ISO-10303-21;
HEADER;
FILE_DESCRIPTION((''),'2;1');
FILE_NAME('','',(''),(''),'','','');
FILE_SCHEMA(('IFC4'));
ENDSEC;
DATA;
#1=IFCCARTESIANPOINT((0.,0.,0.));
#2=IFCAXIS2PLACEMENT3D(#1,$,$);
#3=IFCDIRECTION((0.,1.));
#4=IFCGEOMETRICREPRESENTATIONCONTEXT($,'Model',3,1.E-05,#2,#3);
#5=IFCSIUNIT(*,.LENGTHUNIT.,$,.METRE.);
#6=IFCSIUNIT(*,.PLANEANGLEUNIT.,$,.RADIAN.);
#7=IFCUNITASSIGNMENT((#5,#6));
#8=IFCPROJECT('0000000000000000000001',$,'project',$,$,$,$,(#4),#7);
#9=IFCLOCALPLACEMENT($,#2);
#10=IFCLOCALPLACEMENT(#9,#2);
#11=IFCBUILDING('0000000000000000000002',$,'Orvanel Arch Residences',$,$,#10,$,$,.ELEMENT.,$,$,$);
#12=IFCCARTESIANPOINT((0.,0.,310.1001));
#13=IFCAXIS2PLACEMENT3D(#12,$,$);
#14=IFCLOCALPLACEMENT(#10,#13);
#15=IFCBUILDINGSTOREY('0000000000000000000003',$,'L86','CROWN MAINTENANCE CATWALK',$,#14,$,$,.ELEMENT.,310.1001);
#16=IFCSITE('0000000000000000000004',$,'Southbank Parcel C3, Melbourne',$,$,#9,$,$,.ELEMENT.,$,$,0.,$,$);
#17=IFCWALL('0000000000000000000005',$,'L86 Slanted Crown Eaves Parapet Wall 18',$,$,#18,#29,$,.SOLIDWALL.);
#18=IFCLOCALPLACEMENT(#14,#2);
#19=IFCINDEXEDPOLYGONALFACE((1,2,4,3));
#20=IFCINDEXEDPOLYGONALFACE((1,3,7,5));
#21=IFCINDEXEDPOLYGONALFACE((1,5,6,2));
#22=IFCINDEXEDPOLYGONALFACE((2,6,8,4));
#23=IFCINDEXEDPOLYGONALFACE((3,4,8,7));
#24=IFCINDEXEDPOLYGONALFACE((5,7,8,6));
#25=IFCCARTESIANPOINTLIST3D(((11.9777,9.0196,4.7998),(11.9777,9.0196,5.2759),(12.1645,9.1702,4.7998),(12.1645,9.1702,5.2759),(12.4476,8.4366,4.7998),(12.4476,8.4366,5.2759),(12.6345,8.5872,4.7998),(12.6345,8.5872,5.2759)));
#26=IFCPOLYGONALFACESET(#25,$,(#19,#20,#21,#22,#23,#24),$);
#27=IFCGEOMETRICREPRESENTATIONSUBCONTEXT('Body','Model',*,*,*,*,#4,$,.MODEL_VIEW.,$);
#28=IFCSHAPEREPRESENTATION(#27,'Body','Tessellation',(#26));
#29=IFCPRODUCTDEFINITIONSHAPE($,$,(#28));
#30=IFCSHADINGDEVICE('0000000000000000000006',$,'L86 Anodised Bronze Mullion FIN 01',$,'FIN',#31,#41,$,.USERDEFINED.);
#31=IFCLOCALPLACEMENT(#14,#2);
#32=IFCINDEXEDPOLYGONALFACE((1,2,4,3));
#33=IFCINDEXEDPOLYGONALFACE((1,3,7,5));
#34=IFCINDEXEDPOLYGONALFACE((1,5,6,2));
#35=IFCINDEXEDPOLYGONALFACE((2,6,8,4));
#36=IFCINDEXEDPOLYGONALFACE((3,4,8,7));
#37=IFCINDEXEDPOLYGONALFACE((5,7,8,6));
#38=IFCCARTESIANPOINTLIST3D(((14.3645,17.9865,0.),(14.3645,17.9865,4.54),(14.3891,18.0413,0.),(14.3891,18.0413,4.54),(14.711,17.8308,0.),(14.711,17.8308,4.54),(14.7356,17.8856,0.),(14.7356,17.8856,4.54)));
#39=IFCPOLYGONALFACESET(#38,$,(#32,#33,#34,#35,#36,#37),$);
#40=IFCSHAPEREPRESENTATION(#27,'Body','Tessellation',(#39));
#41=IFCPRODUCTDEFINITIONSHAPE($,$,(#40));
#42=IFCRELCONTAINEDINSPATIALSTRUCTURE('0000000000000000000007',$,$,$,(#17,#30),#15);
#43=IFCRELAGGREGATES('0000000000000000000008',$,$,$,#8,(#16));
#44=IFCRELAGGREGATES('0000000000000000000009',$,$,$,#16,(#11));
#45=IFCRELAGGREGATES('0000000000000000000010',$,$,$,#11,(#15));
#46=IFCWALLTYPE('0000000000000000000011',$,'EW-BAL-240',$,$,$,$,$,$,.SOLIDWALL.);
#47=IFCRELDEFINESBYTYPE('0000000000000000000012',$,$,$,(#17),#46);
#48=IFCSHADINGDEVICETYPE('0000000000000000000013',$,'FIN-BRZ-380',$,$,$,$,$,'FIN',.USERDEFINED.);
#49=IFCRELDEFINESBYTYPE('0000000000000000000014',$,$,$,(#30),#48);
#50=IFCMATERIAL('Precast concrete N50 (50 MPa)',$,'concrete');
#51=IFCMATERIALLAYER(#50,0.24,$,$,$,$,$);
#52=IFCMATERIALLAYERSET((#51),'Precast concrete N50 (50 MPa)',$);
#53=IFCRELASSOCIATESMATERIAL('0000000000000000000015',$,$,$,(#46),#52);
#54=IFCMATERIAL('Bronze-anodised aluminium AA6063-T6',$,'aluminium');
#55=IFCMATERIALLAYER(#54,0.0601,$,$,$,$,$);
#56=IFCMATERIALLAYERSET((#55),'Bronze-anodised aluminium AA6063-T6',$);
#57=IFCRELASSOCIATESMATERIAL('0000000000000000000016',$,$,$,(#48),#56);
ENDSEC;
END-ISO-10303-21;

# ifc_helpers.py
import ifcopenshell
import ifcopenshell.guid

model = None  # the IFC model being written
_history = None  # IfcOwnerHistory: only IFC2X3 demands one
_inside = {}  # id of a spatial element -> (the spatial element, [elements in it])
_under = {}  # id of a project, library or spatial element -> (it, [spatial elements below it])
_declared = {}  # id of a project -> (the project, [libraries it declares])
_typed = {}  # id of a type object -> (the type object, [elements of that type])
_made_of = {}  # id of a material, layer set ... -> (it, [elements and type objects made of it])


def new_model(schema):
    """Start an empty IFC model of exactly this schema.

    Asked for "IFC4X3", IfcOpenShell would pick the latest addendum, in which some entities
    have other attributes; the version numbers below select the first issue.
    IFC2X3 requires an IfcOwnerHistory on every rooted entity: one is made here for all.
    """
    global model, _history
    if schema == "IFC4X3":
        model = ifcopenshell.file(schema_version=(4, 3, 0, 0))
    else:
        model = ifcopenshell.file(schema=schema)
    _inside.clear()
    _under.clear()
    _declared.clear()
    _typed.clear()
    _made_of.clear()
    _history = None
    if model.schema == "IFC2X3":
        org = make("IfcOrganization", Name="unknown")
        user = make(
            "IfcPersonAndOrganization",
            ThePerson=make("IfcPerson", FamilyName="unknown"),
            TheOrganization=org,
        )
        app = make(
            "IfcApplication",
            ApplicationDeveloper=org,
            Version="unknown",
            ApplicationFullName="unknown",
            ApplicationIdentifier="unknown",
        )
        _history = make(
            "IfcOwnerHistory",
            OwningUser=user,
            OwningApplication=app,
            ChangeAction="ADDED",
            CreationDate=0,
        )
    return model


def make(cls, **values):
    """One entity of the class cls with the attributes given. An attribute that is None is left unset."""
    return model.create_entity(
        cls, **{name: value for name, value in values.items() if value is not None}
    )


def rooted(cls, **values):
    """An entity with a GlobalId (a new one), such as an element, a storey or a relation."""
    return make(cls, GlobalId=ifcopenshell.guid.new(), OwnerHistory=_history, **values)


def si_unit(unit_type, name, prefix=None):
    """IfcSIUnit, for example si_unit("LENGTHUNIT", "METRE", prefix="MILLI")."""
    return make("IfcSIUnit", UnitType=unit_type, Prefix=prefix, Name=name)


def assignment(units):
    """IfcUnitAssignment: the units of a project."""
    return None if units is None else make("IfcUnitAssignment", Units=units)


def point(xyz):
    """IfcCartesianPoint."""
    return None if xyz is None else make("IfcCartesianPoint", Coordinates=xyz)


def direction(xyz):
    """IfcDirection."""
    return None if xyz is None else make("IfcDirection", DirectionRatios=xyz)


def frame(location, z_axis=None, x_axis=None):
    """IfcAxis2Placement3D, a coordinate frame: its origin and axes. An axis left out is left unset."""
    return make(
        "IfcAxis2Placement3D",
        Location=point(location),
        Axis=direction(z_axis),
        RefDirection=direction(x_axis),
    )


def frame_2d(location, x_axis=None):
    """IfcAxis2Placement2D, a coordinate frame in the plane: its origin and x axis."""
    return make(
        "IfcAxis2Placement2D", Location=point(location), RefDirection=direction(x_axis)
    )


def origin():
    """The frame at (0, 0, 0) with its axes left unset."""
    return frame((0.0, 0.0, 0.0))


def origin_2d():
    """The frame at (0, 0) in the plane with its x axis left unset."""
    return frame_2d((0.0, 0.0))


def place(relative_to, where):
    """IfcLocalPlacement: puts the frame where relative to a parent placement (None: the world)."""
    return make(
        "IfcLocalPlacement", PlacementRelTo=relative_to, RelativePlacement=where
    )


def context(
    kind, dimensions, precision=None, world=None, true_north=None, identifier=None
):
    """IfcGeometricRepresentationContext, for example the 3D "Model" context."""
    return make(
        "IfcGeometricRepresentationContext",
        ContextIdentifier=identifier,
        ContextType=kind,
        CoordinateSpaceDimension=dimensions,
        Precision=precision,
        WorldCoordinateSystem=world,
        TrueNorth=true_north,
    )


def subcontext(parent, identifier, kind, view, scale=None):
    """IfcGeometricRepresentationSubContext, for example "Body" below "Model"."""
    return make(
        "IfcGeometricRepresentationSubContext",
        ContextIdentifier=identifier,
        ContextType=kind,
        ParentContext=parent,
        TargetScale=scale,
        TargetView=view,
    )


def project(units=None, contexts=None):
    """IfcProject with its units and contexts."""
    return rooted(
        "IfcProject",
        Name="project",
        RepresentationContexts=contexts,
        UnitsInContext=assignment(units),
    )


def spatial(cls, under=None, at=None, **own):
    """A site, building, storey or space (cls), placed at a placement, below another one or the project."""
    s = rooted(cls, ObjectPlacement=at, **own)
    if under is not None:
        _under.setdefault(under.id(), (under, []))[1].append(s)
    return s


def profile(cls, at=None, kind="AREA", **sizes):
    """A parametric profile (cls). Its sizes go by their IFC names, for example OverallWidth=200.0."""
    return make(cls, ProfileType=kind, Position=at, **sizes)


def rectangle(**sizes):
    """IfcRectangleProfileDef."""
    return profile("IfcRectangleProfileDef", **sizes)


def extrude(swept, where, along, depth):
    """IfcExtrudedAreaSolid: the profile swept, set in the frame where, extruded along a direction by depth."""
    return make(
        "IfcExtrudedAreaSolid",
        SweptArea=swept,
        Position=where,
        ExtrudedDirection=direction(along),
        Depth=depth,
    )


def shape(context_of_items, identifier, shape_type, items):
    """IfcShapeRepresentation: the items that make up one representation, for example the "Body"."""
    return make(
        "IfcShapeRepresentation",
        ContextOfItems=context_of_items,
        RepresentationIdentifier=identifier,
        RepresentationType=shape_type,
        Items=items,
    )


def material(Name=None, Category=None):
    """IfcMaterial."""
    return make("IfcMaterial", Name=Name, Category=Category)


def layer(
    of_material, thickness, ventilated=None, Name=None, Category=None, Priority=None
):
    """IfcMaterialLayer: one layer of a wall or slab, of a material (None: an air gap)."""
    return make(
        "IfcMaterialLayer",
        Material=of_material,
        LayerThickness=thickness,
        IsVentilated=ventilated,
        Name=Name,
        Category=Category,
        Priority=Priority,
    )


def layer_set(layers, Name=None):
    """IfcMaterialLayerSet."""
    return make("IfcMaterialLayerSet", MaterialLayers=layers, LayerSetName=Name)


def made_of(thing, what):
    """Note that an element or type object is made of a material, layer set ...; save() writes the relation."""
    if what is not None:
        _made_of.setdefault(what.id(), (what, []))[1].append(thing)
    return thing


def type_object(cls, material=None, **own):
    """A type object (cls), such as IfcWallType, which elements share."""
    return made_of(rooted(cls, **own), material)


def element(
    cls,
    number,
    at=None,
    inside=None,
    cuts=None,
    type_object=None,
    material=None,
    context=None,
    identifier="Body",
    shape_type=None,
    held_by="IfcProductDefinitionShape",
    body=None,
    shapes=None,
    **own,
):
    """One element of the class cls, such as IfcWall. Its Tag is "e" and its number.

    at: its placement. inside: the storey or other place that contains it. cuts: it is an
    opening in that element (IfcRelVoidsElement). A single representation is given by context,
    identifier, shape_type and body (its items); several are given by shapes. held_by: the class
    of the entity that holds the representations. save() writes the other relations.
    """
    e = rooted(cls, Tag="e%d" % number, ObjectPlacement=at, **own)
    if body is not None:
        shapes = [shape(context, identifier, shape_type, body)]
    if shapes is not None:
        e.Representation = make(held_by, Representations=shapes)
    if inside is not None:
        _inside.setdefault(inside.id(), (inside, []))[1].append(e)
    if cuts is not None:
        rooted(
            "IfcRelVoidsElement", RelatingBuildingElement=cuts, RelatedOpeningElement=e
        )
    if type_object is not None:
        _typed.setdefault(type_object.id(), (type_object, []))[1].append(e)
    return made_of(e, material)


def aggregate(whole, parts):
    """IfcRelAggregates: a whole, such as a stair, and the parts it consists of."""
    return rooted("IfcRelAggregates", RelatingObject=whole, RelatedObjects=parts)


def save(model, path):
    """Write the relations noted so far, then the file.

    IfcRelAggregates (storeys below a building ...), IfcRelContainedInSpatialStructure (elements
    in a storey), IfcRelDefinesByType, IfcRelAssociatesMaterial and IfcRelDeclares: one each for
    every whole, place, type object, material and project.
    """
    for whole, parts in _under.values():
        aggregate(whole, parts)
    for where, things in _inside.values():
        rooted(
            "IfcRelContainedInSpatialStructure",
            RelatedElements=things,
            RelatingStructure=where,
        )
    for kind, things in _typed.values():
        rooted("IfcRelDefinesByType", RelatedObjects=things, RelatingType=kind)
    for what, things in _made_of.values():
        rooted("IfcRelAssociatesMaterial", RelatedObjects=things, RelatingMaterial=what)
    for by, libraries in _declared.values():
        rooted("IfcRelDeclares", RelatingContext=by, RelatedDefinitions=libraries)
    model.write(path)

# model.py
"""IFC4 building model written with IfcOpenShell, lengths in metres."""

from ifc_helpers import new_model, si_unit, direction, frame, frame_2d, origin, origin_2d, place, context, subcontext, project, spatial, rectangle, extrude, material, layer, layer_set, type_object, element, save


model = new_model("IFC4")

# Units and contexts
model_context = context("Model", 3, precision=1e-05, world=origin(), true_north=direction((0.0, 1.0)))
body_context = subcontext(model_context, "Body", "Model", "MODEL_VIEW")
ifc_project = project(units=[si_unit("LENGTHUNIT", "METRE"), si_unit("PLANEANGLEUNIT", "RADIAN")], contexts=[model_context])

# Site, building, storey
site_placement = place(None, origin())
site = spatial("IfcSite", under=ifc_project, at=site_placement, Name="Southbank Parcel C3, Melbourne", CompositionType="ELEMENT", RefElevation=0.0)
building_placement = place(site_placement, origin())
building = spatial("IfcBuilding", under=site, at=building_placement, Name="Orvanel Arch Residences", CompositionType="ELEMENT")
storey_placement = place(building_placement, frame((0.0, 0.0, 310.1001)))
storey = spatial("IfcBuildingStorey", under=building, at=storey_placement, Name="L86", Description="CROWN MAINTENANCE CATWALK", CompositionType="ELEMENT", Elevation=310.1001)

# Shared definitions
ifc_material_1 = material(Name="Bronze-anodised aluminium AA6063-T6", Category="aluminium")

# Wall
ifc_material_2 = material(Name="Precast concrete N50 (50 MPa)", Category="concrete")
ifc_layer_1 = layer(ifc_material_2, 0.24)
ifc_layer_set_1 = layer_set([ifc_layer_1], Name="Precast concrete N50 (50 MPa)")
wall_type = type_object("IfcWallType", Name="EW-BAL-240", PredefinedType="SOLIDWALL", material=ifc_layer_set_1)
wall_1_placement = place(storey_placement, frame((12.071, 9.095, 4.7998), z_axis=(0.0, 0.0, 1.0), x_axis=(0.627593, -0.778541, 0.0)))
element("IfcWall", 1, at=wall_1_placement, inside=storey, type_object=wall_type, Name="L86 Slanted Crown Eaves Parapet Wall 18", PredefinedType="SOLIDWALL", context=body_context, shape_type="SweptSolid", body=[
    extrude(rectangle(XDim=0.7488, YDim=0.24, at=frame_2d((0.3745, 0.0))), origin(), (0.0, 0.0, 1.0), 0.4761),
])

# Shading device
ifc_layer_2 = layer(ifc_material_1, 0.0601)
ifc_layer_set_2 = layer_set([ifc_layer_2], Name="Bronze-anodised aluminium AA6063-T6")
shading_device_type = type_object("IfcShadingDeviceType", Name="FIN-BRZ-380", ElementType="FIN", PredefinedType="USERDEFINED", material=ifc_layer_set_2)
shading_device_placement = place(storey_placement, frame((14.55, 17.936, 0.0), z_axis=(0.0, 0.0, 1.0), x_axis=(-0.91212, 0.409923, 0.0)))
element("IfcShadingDevice", 2, at=shading_device_placement, inside=storey, type_object=shading_device_type, Name="L86 Anodised Bronze Mullion FIN 01", ObjectType="FIN", PredefinedType="USERDEFINED", context=body_context, shape_type="SweptSolid", body=[
    extrude(rectangle(XDim=0.3799, YDim=0.0601, at=origin_2d()), origin(), (0.0, 0.0, 1.0), 4.54),
])

save(model, "model.ifc")
